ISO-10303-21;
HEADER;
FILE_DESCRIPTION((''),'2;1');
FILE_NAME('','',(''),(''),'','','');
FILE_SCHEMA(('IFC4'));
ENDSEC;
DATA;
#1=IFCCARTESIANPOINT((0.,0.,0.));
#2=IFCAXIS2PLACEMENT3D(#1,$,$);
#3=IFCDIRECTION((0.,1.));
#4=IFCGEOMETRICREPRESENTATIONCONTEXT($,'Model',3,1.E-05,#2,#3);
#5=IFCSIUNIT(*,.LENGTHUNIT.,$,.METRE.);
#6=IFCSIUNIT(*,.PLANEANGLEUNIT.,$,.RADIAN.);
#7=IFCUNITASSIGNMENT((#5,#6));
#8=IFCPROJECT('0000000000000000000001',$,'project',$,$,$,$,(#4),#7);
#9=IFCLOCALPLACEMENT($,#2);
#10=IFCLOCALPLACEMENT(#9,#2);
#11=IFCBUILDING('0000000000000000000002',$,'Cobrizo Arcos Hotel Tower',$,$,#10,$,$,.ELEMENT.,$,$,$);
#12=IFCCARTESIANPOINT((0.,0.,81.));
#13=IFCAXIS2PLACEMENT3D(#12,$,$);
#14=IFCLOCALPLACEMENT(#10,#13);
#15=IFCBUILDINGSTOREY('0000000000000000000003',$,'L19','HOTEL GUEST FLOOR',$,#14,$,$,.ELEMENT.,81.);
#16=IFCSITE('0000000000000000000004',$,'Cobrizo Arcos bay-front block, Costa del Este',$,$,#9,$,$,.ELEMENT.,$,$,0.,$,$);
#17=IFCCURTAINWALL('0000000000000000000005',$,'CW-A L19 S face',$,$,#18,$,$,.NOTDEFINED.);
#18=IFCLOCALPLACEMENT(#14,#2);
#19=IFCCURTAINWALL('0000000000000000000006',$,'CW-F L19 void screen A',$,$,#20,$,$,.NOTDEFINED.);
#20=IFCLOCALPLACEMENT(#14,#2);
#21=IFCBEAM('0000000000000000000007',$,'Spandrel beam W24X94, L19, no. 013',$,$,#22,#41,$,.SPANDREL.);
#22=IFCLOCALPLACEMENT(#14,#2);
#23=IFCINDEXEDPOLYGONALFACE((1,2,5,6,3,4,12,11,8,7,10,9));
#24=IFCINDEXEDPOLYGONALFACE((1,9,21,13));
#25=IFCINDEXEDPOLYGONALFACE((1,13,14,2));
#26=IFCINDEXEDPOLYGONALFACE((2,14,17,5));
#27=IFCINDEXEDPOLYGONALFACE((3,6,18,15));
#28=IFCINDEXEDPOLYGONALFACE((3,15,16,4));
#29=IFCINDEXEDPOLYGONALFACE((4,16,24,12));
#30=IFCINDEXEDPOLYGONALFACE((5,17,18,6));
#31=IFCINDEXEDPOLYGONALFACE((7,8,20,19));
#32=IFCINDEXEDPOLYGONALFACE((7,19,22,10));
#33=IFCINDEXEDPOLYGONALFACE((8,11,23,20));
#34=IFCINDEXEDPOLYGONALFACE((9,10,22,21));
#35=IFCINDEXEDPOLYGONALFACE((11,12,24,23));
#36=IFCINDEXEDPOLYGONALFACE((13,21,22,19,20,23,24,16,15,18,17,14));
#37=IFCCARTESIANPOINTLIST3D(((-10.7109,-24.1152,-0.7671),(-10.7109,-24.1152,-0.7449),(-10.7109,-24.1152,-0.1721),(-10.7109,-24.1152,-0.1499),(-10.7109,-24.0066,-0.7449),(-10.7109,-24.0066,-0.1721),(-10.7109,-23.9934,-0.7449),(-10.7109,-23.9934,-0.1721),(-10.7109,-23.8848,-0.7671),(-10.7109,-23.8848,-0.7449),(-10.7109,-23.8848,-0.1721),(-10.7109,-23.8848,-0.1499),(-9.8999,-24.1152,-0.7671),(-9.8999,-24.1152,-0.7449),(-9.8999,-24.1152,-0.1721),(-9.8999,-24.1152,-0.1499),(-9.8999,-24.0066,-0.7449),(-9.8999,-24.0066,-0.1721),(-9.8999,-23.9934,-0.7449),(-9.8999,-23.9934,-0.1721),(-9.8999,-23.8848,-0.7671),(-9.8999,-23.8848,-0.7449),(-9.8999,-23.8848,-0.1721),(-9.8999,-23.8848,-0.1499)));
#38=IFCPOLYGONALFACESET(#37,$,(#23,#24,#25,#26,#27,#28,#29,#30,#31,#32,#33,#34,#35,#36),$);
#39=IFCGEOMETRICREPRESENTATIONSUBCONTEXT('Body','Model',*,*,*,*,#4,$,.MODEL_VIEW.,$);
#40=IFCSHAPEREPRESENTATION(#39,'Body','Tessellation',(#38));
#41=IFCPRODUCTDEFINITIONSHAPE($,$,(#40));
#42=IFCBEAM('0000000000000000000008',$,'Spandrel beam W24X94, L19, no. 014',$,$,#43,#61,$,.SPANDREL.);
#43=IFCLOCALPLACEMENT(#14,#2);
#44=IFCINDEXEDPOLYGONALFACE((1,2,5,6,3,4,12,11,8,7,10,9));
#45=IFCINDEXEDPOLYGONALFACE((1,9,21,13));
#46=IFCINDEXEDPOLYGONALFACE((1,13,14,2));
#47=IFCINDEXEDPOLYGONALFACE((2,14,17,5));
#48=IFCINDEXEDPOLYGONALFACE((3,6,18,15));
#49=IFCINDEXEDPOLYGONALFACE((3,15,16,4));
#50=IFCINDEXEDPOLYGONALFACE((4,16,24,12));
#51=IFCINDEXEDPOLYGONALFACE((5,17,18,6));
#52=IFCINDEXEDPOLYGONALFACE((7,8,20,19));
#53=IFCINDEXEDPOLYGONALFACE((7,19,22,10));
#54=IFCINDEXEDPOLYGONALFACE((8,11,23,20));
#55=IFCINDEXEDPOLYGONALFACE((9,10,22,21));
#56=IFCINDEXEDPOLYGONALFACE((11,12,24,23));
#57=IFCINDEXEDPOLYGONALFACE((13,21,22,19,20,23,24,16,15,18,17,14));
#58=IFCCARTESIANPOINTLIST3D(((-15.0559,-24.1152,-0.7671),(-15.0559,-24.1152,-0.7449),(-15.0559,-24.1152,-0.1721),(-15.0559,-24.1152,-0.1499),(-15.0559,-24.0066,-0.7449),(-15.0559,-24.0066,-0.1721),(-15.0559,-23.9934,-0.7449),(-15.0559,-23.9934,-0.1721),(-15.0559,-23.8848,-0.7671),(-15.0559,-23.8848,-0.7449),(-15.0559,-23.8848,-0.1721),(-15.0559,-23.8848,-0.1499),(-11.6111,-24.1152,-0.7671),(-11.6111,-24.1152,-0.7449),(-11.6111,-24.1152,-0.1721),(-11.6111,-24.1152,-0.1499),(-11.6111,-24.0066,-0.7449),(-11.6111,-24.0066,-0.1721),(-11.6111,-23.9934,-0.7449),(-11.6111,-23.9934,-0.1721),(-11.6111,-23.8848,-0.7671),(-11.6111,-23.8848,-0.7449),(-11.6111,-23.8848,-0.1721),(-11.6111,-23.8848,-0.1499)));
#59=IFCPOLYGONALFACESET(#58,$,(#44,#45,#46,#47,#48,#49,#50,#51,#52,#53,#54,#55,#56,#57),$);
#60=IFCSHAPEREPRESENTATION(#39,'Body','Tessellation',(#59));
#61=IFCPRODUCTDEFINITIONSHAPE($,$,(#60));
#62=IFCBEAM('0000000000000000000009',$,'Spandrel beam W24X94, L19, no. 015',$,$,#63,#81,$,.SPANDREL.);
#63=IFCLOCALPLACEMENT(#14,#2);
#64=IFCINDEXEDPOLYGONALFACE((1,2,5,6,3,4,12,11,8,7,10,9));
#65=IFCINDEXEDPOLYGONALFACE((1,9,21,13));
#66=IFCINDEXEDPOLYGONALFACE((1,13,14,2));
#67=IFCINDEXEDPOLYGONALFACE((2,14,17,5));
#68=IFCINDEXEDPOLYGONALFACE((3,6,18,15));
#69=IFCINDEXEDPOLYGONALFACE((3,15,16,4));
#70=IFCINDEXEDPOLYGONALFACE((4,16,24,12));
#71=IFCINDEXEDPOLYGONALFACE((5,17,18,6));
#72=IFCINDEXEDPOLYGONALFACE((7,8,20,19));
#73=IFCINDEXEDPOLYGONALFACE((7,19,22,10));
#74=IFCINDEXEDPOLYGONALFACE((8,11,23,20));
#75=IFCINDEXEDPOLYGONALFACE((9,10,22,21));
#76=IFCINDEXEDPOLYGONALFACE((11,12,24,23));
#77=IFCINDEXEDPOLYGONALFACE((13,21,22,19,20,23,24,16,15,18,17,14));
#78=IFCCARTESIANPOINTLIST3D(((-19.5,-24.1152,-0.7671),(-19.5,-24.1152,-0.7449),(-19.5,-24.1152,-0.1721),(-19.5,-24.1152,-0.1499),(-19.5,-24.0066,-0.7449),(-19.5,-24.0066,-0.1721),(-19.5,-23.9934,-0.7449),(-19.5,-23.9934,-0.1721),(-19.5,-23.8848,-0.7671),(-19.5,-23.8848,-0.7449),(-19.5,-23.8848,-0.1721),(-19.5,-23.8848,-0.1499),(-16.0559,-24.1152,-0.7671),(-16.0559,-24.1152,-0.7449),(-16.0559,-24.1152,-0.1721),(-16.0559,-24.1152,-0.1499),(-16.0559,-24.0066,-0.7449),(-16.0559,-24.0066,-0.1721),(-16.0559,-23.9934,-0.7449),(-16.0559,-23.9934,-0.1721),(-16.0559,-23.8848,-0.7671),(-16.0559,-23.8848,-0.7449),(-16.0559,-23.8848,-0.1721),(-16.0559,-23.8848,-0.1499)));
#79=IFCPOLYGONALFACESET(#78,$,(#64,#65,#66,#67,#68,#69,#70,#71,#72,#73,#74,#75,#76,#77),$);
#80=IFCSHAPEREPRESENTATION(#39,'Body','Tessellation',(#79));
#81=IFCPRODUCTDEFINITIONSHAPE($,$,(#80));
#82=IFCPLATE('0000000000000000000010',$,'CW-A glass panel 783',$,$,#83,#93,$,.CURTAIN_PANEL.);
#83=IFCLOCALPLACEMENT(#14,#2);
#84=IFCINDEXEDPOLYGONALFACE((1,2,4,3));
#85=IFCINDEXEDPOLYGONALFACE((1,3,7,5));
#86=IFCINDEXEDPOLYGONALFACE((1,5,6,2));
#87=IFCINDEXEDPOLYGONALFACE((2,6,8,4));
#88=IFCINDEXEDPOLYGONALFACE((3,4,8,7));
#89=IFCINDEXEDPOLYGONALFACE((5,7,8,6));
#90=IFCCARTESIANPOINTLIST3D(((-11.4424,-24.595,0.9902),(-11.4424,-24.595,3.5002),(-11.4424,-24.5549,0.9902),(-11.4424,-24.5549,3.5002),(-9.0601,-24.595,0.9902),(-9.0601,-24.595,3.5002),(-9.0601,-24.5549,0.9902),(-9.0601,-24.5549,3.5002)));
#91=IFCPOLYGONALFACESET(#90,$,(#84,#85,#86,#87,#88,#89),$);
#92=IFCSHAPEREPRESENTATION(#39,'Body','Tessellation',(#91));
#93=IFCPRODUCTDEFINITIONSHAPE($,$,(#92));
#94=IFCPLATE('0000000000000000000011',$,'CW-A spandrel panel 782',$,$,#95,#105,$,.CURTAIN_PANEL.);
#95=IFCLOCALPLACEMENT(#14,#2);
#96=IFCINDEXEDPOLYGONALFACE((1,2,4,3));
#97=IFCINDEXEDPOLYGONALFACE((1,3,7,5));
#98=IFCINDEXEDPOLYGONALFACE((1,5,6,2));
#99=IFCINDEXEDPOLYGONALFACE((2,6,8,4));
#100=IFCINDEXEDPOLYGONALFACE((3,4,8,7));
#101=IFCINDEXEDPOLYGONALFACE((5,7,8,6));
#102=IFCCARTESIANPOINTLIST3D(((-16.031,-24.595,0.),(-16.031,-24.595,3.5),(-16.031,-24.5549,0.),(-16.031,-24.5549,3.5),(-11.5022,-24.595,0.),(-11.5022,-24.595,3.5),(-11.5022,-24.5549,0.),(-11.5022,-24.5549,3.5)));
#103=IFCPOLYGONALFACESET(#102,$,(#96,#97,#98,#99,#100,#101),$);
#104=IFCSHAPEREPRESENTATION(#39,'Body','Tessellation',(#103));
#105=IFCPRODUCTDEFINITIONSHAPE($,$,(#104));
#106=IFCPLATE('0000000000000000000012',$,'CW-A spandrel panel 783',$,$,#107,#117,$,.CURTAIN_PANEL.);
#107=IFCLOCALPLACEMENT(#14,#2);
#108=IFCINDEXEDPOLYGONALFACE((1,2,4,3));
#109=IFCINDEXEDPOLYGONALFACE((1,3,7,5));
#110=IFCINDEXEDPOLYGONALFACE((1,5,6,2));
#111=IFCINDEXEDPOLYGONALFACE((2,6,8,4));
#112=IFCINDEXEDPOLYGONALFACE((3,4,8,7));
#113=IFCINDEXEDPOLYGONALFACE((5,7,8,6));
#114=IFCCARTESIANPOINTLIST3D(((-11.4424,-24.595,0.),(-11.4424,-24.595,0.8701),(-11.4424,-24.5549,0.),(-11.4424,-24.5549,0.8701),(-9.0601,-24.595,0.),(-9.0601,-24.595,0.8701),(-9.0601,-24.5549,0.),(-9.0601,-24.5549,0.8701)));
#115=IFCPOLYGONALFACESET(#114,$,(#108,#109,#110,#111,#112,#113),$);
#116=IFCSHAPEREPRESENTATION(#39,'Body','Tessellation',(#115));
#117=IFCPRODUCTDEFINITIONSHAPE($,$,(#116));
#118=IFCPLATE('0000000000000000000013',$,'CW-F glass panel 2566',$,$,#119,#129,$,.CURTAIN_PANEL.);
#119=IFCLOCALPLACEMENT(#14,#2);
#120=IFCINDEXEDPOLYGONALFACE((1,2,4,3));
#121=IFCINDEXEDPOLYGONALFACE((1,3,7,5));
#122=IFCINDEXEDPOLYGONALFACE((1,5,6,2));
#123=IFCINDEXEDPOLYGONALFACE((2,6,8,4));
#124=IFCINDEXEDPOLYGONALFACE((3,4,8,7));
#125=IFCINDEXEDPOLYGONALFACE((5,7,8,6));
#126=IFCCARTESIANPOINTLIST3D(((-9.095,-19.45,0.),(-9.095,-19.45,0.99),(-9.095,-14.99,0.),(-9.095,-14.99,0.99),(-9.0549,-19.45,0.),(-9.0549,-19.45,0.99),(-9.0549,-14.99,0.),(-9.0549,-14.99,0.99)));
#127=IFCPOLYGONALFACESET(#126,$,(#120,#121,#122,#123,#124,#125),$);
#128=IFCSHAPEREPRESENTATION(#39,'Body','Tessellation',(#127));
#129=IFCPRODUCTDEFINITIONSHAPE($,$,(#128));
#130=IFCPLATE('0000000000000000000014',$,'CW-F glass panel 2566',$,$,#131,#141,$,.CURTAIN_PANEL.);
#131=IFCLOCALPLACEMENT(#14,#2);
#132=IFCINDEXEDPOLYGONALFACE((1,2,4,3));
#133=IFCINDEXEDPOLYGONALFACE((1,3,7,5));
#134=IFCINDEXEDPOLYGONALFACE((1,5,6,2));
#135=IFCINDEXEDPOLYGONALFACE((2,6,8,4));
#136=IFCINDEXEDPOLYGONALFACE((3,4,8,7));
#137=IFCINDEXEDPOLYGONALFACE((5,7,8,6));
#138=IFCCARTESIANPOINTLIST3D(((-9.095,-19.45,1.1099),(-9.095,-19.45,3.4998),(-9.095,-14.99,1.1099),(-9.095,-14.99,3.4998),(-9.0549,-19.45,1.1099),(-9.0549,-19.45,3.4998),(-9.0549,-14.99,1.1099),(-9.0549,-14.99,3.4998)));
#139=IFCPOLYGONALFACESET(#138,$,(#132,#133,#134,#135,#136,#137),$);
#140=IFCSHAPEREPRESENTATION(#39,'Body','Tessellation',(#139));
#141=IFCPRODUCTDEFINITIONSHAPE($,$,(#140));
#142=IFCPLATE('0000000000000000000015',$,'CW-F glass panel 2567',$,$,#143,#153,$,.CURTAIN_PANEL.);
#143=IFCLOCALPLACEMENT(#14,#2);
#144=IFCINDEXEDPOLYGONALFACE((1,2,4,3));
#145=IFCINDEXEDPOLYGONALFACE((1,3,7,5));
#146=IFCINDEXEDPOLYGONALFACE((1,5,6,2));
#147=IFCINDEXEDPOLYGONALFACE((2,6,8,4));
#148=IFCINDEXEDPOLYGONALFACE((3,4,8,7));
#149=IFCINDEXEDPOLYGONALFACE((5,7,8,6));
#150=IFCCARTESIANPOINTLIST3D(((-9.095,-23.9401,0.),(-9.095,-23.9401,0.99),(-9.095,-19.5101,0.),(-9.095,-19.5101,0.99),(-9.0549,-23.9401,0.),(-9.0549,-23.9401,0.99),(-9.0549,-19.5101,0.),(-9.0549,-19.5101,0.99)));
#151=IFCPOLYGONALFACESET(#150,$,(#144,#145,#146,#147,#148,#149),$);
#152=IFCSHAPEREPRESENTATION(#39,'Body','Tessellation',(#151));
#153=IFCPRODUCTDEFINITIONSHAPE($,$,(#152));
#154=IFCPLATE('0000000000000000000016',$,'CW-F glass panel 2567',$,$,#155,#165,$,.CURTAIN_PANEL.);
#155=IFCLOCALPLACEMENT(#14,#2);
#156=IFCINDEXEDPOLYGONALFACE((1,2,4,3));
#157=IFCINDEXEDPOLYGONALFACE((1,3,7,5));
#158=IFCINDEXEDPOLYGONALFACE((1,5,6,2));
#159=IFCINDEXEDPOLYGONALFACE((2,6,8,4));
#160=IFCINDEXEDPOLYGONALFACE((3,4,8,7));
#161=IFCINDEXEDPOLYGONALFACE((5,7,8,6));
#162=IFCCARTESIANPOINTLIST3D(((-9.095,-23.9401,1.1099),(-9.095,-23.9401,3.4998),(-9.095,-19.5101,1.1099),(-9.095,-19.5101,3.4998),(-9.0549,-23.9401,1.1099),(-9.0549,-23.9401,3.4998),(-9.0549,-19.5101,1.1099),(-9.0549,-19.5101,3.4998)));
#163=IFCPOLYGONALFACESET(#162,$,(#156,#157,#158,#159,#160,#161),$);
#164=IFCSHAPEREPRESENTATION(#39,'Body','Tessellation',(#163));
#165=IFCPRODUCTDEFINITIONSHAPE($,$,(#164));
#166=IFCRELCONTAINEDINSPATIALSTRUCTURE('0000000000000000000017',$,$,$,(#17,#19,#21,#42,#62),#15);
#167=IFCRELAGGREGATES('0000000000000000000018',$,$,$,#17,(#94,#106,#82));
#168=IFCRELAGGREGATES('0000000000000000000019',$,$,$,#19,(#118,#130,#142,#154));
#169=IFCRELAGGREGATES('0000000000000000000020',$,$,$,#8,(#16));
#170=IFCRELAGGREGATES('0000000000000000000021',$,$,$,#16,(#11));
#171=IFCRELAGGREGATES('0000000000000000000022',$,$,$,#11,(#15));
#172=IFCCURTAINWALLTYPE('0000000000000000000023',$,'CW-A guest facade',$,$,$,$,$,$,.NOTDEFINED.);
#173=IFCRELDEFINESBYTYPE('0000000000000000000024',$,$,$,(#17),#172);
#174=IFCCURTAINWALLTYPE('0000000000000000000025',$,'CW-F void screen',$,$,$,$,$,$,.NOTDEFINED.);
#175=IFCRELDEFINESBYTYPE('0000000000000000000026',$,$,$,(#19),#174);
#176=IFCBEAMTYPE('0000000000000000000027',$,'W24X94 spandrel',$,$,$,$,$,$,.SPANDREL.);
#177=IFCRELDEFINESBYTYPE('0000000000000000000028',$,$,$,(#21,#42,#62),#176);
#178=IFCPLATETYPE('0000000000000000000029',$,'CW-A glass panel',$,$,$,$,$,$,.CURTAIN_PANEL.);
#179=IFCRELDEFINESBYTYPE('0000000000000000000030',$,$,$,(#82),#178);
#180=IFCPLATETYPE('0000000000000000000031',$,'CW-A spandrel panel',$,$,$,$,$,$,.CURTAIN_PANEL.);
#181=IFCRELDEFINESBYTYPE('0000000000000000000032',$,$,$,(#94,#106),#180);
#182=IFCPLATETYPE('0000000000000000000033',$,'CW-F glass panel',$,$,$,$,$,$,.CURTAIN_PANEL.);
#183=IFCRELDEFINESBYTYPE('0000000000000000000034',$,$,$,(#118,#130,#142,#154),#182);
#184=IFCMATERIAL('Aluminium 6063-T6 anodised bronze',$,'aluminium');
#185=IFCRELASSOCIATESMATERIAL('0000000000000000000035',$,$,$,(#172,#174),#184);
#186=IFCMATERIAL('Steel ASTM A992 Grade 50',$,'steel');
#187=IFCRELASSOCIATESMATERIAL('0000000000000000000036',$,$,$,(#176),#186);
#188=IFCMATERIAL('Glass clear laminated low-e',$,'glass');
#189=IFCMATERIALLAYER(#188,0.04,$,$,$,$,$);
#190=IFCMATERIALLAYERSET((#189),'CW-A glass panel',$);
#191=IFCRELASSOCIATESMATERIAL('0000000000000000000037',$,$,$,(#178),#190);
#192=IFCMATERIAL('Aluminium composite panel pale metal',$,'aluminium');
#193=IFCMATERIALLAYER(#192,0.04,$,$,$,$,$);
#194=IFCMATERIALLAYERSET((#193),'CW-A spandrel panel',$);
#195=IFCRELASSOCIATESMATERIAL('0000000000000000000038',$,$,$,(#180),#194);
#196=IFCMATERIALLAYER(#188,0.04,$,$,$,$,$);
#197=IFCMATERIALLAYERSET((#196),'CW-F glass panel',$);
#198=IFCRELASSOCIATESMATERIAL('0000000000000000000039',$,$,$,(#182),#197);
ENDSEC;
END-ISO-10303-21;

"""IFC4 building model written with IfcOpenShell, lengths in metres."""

from ifc_helpers import new_model, si_unit, direction, frame, origin, origin_2d, place, context, subcontext, project, spatial, rectangle, i_section, extrude, material, layer, layer_set, material_profile, profile_set, type_object, element, aggregate, save


model = new_model("IFC4")

# Units and contexts
model_context = context("Model", 3, precision=1e-05, world=origin(), true_north=direction((0.0, 1.0)))
body_context = subcontext(model_context, "Body", "Model", "MODEL_VIEW")
ifc_project = project(units=[si_unit("LENGTHUNIT", "METRE"), si_unit("PLANEANGLEUNIT", "RADIAN")], contexts=[model_context])

# Site, building, storey
site_placement = place(None, origin())
site = spatial("IfcSite", under=ifc_project, at=site_placement, Name="Cobrizo Arcos bay-front block, Costa del Este", CompositionType="ELEMENT", RefElevation=0.0)
building_placement = place(site_placement, origin())
building = spatial("IfcBuilding", under=site, at=building_placement, Name="Cobrizo Arcos Hotel Tower", CompositionType="ELEMENT")
storey_placement = place(building_placement, frame((0.0, 0.0, 81.0)))
storey = spatial("IfcBuildingStorey", under=building, at=storey_placement, Name="L19", Description="HOTEL GUEST FLOOR", CompositionType="ELEMENT", Elevation=81.0)

# Curtain walls
ifc_material_1 = material(Name="Aluminium 6063-T6 anodised bronze", Category="aluminium")
curtain_wall_type_1 = type_object("IfcCurtainWallType", Name="CW-A guest facade", PredefinedType="NOTDEFINED", material=ifc_material_1)
curtain_wall_1_placement = place(storey_placement, origin())
curtain_wall_1 = element("IfcCurtainWall", 1, at=curtain_wall_1_placement, inside=storey, type_object=curtain_wall_type_1, Name="CW-A L19 S face", PredefinedType="NOTDEFINED")
curtain_wall_type_2 = type_object("IfcCurtainWallType", Name="CW-F void screen", PredefinedType="NOTDEFINED", material=ifc_material_1)
curtain_wall_2_placement = place(storey_placement, origin())
curtain_wall_2 = element("IfcCurtainWall", 2, at=curtain_wall_2_placement, inside=storey, type_object=curtain_wall_type_2, Name="CW-F L19 void screen A", PredefinedType="NOTDEFINED")

# Beams
ifc_material_2 = material(Name="Steel ASTM A992 Grade 50", Category="steel")
ifc_material_profile_1 = material_profile(ifc_material_2, i_section(OverallWidth=0.2305, OverallDepth=0.6172, WebThickness=0.0132, FlangeThickness=0.0222, at=origin_2d()), Name="W24X94")
ifc_profile_set_1 = profile_set([ifc_material_profile_1], Name="Steel ASTM A992 Grade 50")
beam_type_1 = type_object("IfcBeamType", Name="W24X94 spandrel", PredefinedType="SPANDREL", material=ifc_profile_set_1)
beam_1_placement = place(storey_placement, frame((-9.8999, -24.0, -0.4585), z_axis=(-1.0, 0.0, 0.0), x_axis=(0.0, -1.0, 0.0)))
element("IfcBeam", 3, at=beam_1_placement, inside=storey, type_object=beam_type_1, Name="Spandrel beam W24X94, L19, no. 013", PredefinedType="SPANDREL", context=body_context, shape_type="SweptSolid", body=[
    extrude(i_section(OverallWidth=0.2305, OverallDepth=0.6172, WebThickness=0.0132, FlangeThickness=0.0222, at=origin_2d()), origin(), (0.0, 0.0, 1.0), 0.811),
])
beam_2_placement = place(storey_placement, frame((-11.6111, -24.0, -0.4585), z_axis=(-1.0, 0.0, 0.0), x_axis=(0.0, -1.0, 0.0)))
element("IfcBeam", 4, at=beam_2_placement, inside=storey, type_object=beam_type_1, Name="Spandrel beam W24X94, L19, no. 014", PredefinedType="SPANDREL", context=body_context, shape_type="SweptSolid", body=[
    extrude(i_section(OverallWidth=0.2305, OverallDepth=0.6172, WebThickness=0.0132, FlangeThickness=0.0222, at=origin_2d()), origin(), (0.0, 0.0, 1.0), 3.4448),
])
beam_3_placement = place(storey_placement, frame((-16.0559, -24.0, -0.4585), z_axis=(-1.0, 0.0, 0.0), x_axis=(0.0, -1.0, 0.0)))
element("IfcBeam", 5, at=beam_3_placement, inside=storey, type_object=beam_type_1, Name="Spandrel beam W24X94, L19, no. 015", PredefinedType="SPANDREL", context=body_context, shape_type="SweptSolid", body=[
    extrude(i_section(OverallWidth=0.2305, OverallDepth=0.6172, WebThickness=0.0132, FlangeThickness=0.0222, at=origin_2d()), origin(), (0.0, 0.0, 1.0), 3.4441),
])

# Plates
ifc_material_3 = material(Name="Glass clear laminated low-e", Category="glass")
ifc_layer_1 = layer(ifc_material_3, 0.04)
ifc_layer_set_1 = layer_set([ifc_layer_1], Name="CW-A glass panel")
plate_type_1 = type_object("IfcPlateType", Name="CW-A glass panel", PredefinedType="CURTAIN_PANEL", material=ifc_layer_set_1)
plate_1_placement = place(storey_placement, frame((-10.2512, -24.575, 0.9902), z_axis=(0.0, 0.0, 1.0), x_axis=(1.0, 0.0, 0.0)))
plate_1 = element("IfcPlate", 6, at=plate_1_placement, type_object=plate_type_1, Name="CW-A glass panel 783", PredefinedType="CURTAIN_PANEL", context=body_context, shape_type="SweptSolid", body=[
    extrude(rectangle(XDim=2.3823, YDim=0.04, at=origin_2d()), origin(), (0.0, 0.0, 1.0), 2.51),
])
ifc_material_4 = material(Name="Aluminium composite panel pale metal", Category="aluminium")
ifc_layer_2 = layer(ifc_material_4, 0.04)
ifc_layer_set_2 = layer_set([ifc_layer_2], Name="CW-A spandrel panel")
plate_type_2 = type_object("IfcPlateType", Name="CW-A spandrel panel", PredefinedType="CURTAIN_PANEL", material=ifc_layer_set_2)
plate_2_placement = place(storey_placement, frame((-13.7666, -24.575, 0.0), z_axis=(0.0, 0.0, 1.0), x_axis=(1.0, 0.0, 0.0)))
plate_2 = element("IfcPlate", 7, at=plate_2_placement, type_object=plate_type_2, Name="CW-A spandrel panel 782", PredefinedType="CURTAIN_PANEL", context=body_context, shape_type="SweptSolid", body=[
    extrude(rectangle(XDim=4.5288, YDim=0.04, at=origin_2d()), origin(), (0.0, 0.0, 1.0), 3.5),
])
plate_3_placement = place(storey_placement, frame((-10.2512, -24.575, 0.0), z_axis=(0.0, 0.0, 1.0), x_axis=(1.0, 0.0, 0.0)))
plate_3 = element("IfcPlate", 8, at=plate_3_placement, type_object=plate_type_2, Name="CW-A spandrel panel 783", PredefinedType="CURTAIN_PANEL", context=body_context, shape_type="SweptSolid", body=[
    extrude(rectangle(XDim=2.3823, YDim=0.04, at=origin_2d()), origin(), (0.0, 0.0, 1.0), 0.8701),
])
aggregate(curtain_wall_1, [plate_2, plate_3, plate_1])
ifc_layer_3 = layer(ifc_material_3, 0.04)
ifc_layer_set_3 = layer_set([ifc_layer_3], Name="CW-F glass panel")
plate_type_3 = type_object("IfcPlateType", Name="CW-F glass panel", PredefinedType="CURTAIN_PANEL", material=ifc_layer_set_3)
plate_4_placement = place(storey_placement, frame((-9.075, -17.22, 0.0), z_axis=(0.0, 0.0, 1.0), x_axis=(0.0, -1.0, 0.0)))
plate_4 = element("IfcPlate", 9, at=plate_4_placement, type_object=plate_type_3, Name="CW-F glass panel 2566", PredefinedType="CURTAIN_PANEL", context=body_context, shape_type="SweptSolid", body=[
    extrude(rectangle(XDim=4.46, YDim=0.04, at=origin_2d()), origin(), (0.0, 0.0, 1.0), 0.99),
])
plate_5_placement = place(storey_placement, frame((-9.075, -17.22, 1.1099), z_axis=(0.0, 0.0, 1.0), x_axis=(0.0, -1.0, 0.0)))
plate_5 = element("IfcPlate", 10, at=plate_5_placement, type_object=plate_type_3, Name="CW-F glass panel 2566", PredefinedType="CURTAIN_PANEL", context=body_context, shape_type="SweptSolid", body=[
    extrude(rectangle(XDim=4.46, YDim=0.04, at=origin_2d()), origin(), (0.0, 0.0, 1.0), 2.3899),
])
plate_6_placement = place(storey_placement, frame((-9.075, -21.7251, 0.0), z_axis=(0.0, 0.0, 1.0), x_axis=(0.0, -1.0, 0.0)))
plate_6 = element("IfcPlate", 11, at=plate_6_placement, type_object=plate_type_3, Name="CW-F glass panel 2567", PredefinedType="CURTAIN_PANEL", context=body_context, shape_type="SweptSolid", body=[
    extrude(rectangle(XDim=4.4299, YDim=0.04, at=origin_2d()), origin(), (0.0, 0.0, 1.0), 0.99),
])
plate_7_placement = place(storey_placement, frame((-9.075, -21.7251, 1.1099), z_axis=(0.0, 0.0, 1.0), x_axis=(0.0, -1.0, 0.0)))
plate_7 = element("IfcPlate", 12, at=plate_7_placement, type_object=plate_type_3, Name="CW-F glass panel 2567", PredefinedType="CURTAIN_PANEL", context=body_context, shape_type="SweptSolid", body=[
    extrude(rectangle(XDim=4.4299, YDim=0.04, at=origin_2d()), origin(), (0.0, 0.0, 1.0), 2.3899),
])
aggregate(curtain_wall_2, [plate_4, plate_5, plate_6, plate_7])

save(model, "model.ifc")
